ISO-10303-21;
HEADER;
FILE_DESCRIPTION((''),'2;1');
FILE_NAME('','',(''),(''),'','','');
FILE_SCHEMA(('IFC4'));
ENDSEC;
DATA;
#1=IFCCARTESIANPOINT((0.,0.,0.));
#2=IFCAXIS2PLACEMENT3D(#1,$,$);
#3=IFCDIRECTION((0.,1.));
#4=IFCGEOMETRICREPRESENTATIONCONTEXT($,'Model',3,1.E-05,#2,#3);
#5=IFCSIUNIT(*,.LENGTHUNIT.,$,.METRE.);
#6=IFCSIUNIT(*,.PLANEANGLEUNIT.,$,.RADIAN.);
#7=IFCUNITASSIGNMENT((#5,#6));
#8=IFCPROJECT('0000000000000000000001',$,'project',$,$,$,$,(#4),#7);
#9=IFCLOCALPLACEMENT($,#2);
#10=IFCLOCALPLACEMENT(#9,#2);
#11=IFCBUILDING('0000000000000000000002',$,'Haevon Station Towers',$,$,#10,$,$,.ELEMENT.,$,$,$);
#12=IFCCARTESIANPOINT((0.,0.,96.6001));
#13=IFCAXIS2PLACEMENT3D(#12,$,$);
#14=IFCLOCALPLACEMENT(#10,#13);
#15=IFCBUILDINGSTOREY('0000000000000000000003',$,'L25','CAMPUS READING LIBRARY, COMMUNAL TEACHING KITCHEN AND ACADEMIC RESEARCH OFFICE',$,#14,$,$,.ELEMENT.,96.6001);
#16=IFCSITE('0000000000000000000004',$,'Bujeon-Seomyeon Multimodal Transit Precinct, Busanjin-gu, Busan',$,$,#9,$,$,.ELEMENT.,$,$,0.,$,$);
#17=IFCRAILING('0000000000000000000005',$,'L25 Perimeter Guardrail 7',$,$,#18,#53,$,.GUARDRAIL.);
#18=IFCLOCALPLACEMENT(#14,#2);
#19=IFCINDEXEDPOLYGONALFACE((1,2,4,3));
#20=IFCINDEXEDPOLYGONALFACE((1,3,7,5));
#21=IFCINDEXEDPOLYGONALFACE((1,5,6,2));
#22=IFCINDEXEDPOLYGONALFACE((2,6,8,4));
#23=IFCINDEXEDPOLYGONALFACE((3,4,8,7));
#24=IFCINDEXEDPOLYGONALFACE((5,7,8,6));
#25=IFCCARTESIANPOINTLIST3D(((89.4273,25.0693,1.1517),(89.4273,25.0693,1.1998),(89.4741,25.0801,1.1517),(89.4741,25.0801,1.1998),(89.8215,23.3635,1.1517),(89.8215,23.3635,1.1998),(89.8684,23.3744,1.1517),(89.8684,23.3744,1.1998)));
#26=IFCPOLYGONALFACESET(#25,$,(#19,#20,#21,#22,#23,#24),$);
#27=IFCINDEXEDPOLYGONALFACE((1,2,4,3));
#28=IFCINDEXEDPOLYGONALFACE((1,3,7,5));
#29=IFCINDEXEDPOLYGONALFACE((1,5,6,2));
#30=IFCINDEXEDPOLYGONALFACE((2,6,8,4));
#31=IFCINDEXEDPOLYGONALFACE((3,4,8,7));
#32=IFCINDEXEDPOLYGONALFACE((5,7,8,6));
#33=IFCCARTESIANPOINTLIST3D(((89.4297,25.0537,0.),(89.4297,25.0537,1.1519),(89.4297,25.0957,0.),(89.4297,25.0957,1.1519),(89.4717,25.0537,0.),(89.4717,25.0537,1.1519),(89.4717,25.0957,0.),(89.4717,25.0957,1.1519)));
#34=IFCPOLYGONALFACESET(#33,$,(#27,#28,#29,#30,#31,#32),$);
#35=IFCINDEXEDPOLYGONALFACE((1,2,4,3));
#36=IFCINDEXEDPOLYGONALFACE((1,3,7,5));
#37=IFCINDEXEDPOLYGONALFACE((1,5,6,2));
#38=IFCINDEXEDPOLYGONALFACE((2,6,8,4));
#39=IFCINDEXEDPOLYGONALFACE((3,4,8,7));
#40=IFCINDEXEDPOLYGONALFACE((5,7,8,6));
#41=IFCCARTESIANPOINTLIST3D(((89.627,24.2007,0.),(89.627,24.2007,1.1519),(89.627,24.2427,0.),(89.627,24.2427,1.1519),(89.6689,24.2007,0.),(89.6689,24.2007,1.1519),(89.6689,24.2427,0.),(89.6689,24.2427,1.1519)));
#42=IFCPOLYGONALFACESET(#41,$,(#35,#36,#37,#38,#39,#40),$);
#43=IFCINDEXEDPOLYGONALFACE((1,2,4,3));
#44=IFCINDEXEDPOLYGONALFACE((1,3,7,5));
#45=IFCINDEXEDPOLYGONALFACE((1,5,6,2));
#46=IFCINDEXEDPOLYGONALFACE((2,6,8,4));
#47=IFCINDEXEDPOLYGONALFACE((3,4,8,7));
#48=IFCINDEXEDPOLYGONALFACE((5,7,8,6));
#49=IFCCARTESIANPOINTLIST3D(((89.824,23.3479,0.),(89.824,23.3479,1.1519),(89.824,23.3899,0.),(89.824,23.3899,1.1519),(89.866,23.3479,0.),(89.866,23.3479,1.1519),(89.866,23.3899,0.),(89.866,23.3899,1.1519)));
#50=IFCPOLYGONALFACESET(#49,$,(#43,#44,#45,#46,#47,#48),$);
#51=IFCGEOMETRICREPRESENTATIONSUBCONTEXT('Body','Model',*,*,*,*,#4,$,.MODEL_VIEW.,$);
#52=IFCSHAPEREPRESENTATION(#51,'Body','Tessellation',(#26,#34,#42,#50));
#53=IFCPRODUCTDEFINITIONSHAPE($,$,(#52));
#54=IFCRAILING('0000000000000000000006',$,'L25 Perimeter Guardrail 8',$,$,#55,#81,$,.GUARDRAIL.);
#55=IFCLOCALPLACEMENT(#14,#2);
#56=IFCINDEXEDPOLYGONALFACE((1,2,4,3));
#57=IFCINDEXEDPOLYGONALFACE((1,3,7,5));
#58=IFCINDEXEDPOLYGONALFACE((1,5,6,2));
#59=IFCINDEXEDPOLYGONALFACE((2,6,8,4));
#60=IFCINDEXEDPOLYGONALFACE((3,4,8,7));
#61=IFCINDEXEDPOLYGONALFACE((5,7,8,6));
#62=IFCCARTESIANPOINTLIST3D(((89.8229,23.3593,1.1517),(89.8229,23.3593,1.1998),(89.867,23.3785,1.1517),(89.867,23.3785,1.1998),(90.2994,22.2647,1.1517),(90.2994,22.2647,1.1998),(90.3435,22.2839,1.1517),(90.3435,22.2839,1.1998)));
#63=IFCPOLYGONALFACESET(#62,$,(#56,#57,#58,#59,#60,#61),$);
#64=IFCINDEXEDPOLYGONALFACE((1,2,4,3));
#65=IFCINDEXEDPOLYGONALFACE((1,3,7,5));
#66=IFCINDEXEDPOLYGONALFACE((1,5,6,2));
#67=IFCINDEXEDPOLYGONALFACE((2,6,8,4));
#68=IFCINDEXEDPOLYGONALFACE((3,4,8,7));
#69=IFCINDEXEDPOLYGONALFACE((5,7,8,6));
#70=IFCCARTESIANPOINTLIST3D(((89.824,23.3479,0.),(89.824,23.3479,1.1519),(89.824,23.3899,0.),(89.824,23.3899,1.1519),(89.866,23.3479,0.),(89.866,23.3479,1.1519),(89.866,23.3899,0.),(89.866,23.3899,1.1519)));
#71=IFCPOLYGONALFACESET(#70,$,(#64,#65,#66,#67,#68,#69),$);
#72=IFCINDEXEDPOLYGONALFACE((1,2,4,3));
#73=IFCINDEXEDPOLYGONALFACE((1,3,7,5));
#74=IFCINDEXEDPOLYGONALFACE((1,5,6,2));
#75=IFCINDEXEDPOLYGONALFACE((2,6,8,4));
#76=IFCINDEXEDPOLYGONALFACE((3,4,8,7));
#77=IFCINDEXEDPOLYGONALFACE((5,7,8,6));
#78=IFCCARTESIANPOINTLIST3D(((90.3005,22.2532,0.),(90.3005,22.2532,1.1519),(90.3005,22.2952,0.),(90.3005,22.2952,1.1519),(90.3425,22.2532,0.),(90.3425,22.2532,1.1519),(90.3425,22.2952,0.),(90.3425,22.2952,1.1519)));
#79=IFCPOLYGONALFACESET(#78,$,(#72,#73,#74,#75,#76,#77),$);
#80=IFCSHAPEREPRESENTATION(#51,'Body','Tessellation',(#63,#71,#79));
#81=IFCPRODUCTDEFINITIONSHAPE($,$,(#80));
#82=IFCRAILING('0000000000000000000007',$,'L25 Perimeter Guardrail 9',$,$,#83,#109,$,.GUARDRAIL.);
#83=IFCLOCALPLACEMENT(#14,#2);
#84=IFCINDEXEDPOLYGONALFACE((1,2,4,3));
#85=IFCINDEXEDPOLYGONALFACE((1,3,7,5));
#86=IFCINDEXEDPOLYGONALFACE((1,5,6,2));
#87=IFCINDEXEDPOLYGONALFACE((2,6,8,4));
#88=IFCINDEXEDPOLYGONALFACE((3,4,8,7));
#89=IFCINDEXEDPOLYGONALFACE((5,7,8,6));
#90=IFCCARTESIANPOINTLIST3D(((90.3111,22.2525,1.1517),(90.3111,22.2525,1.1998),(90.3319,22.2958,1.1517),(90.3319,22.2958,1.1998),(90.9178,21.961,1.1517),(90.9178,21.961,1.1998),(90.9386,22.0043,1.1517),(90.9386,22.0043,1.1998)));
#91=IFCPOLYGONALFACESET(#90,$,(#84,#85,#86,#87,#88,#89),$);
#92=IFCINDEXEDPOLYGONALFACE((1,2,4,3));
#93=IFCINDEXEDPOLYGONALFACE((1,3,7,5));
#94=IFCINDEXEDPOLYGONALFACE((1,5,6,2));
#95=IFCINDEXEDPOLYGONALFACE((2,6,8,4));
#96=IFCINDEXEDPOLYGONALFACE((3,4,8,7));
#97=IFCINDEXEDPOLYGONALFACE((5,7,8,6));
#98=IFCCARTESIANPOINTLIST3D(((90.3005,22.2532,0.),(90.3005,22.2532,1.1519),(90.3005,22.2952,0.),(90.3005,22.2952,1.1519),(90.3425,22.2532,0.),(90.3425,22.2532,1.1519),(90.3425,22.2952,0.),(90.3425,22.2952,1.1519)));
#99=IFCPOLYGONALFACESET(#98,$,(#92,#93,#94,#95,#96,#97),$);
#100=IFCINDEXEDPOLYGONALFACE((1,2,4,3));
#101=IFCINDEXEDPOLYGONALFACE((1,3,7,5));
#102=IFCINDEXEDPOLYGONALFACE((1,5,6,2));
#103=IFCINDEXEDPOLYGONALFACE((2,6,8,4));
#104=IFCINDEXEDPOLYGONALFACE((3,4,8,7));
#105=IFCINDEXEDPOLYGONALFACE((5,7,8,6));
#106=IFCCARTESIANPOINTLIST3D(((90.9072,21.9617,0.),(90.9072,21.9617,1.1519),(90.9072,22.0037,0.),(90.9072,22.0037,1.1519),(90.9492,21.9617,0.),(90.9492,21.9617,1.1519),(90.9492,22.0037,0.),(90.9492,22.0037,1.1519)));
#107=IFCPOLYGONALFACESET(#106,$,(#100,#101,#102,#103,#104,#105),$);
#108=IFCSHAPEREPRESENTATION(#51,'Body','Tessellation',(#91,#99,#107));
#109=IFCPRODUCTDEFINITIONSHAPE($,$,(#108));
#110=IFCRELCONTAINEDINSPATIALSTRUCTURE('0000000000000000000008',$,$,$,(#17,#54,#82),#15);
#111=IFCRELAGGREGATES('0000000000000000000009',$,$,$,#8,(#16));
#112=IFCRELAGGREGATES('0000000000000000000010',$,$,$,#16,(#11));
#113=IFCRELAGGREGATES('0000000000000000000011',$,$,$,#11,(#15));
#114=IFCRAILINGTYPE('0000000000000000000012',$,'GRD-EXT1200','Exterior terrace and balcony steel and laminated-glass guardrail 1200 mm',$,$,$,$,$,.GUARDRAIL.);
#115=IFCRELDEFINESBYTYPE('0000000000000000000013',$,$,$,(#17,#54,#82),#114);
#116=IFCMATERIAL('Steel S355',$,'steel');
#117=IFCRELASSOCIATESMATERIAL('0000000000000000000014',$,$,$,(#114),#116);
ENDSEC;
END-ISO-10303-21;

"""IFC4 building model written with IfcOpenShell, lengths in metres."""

from ifc_helpers import new_model, si_unit, direction, frame, origin, origin_2d, place, context, subcontext, project, spatial, rectangle, extrude, material, type_object, element, save


model = new_model("IFC4")

# Units and contexts
model_context = context("Model", 3, precision=1e-05, world=origin(), true_north=direction((0.0, 1.0)))
body_context = subcontext(model_context, "Body", "Model", "MODEL_VIEW")
ifc_project = project(units=[si_unit("LENGTHUNIT", "METRE"), si_unit("PLANEANGLEUNIT", "RADIAN")], contexts=[model_context])

# Site, building, storey
site_placement = place(None, origin())
site = spatial("IfcSite", under=ifc_project, at=site_placement, Name="Bujeon-Seomyeon Multimodal Transit Precinct, Busanjin-gu, Busan", CompositionType="ELEMENT", RefElevation=0.0)
building_placement = place(site_placement, origin())
building = spatial("IfcBuilding", under=site, at=building_placement, Name="Haevon Station Towers", CompositionType="ELEMENT")
storey_placement = place(building_placement, frame((0.0, 0.0, 96.6001)))
storey = spatial("IfcBuildingStorey", under=building, at=storey_placement, Name="L25", Description="CAMPUS READING LIBRARY, COMMUNAL TEACHING KITCHEN AND ACADEMIC RESEARCH OFFICE", CompositionType="ELEMENT", Elevation=96.6001)

# Shared definitions
ifc_material_1 = material(Name="Steel S355", Category="steel")

# Railings
railing_type = type_object("IfcRailingType", Name="GRD-EXT1200", Description="Exterior terrace and balcony steel and laminated-glass guardrail 1200 mm", PredefinedType="GUARDRAIL", material=ifc_material_1)
railing_1_placement = place(storey_placement, frame((89.4507, 25.0747, 0.0)))
element("IfcRailing", 1, at=railing_1_placement, inside=storey, type_object=railing_type, Name="L25 Perimeter Guardrail 7", PredefinedType="GUARDRAIL", context=body_context, shape_type="SweptSolid", body=[
    extrude(rectangle(XDim=0.0481, YDim=0.0481, at=origin_2d()), frame((0.0, 0.0, 1.1758), z_axis=(0.225206, -0.974311, 0.0), x_axis=(0.974311, 0.225206, 0.0)), (0.0, 0.0, 1.0), 1.7507),
    extrude(rectangle(XDim=0.042, YDim=0.042, at=origin_2d()), origin(), (0.0, 0.0, 1.0), 1.1519),
    extrude(rectangle(XDim=0.042, YDim=0.042, at=origin_2d()), frame((0.1973, -0.853, 0.0)), (0.0, 0.0, 1.0), 1.1519),
    extrude(rectangle(XDim=0.042, YDim=0.042, at=origin_2d()), frame((0.3943, -1.7058, 0.0)), (0.0, 0.0, 1.0), 1.1519),
])
railing_2_placement = place(storey_placement, frame((89.845, 23.3689, 0.0)))
element("IfcRailing", 2, at=railing_2_placement, inside=storey, type_object=railing_type, Name="L25 Perimeter Guardrail 8", PredefinedType="GUARDRAIL", context=body_context, shape_type="SweptSolid", body=[
    extrude(rectangle(XDim=0.0481, YDim=0.0481, at=origin_2d()), frame((0.0, 0.0, 1.1758), z_axis=(0.399145, -0.916888, 0.0), x_axis=(0.916888, 0.399145, 0.0)), (0.0, 0.0, 1.0), 1.1938),
    extrude(rectangle(XDim=0.042, YDim=0.042, at=origin_2d()), origin(), (0.0, 0.0, 1.0), 1.1519),
    extrude(rectangle(XDim=0.042, YDim=0.042, at=origin_2d()), frame((0.4766, -1.0947, 0.0)), (0.0, 0.0, 1.0), 1.1519),
])
railing_3_placement = place(storey_placement, frame((90.3215, 22.2742, 0.0)))
element("IfcRailing", 3, at=railing_3_placement, inside=storey, type_object=railing_type, Name="L25 Perimeter Guardrail 9", PredefinedType="GUARDRAIL", context=body_context, shape_type="SweptSolid", body=[
    extrude(rectangle(XDim=0.0481, YDim=0.0481, at=origin_2d()), frame((0.0, 0.0, 1.1758), z_axis=(0.901353, -0.433085, 0.0), x_axis=(0.433085, 0.901353, 0.0)), (0.0, 0.0, 1.0), 0.6731),
    extrude(rectangle(XDim=0.042, YDim=0.042, at=origin_2d()), origin(), (0.0, 0.0, 1.0), 1.1519),
    extrude(rectangle(XDim=0.042, YDim=0.042, at=origin_2d()), frame((0.6067, -0.2915, 0.0)), (0.0, 0.0, 1.0), 1.1519),
])

save(model, "model.ifc")
